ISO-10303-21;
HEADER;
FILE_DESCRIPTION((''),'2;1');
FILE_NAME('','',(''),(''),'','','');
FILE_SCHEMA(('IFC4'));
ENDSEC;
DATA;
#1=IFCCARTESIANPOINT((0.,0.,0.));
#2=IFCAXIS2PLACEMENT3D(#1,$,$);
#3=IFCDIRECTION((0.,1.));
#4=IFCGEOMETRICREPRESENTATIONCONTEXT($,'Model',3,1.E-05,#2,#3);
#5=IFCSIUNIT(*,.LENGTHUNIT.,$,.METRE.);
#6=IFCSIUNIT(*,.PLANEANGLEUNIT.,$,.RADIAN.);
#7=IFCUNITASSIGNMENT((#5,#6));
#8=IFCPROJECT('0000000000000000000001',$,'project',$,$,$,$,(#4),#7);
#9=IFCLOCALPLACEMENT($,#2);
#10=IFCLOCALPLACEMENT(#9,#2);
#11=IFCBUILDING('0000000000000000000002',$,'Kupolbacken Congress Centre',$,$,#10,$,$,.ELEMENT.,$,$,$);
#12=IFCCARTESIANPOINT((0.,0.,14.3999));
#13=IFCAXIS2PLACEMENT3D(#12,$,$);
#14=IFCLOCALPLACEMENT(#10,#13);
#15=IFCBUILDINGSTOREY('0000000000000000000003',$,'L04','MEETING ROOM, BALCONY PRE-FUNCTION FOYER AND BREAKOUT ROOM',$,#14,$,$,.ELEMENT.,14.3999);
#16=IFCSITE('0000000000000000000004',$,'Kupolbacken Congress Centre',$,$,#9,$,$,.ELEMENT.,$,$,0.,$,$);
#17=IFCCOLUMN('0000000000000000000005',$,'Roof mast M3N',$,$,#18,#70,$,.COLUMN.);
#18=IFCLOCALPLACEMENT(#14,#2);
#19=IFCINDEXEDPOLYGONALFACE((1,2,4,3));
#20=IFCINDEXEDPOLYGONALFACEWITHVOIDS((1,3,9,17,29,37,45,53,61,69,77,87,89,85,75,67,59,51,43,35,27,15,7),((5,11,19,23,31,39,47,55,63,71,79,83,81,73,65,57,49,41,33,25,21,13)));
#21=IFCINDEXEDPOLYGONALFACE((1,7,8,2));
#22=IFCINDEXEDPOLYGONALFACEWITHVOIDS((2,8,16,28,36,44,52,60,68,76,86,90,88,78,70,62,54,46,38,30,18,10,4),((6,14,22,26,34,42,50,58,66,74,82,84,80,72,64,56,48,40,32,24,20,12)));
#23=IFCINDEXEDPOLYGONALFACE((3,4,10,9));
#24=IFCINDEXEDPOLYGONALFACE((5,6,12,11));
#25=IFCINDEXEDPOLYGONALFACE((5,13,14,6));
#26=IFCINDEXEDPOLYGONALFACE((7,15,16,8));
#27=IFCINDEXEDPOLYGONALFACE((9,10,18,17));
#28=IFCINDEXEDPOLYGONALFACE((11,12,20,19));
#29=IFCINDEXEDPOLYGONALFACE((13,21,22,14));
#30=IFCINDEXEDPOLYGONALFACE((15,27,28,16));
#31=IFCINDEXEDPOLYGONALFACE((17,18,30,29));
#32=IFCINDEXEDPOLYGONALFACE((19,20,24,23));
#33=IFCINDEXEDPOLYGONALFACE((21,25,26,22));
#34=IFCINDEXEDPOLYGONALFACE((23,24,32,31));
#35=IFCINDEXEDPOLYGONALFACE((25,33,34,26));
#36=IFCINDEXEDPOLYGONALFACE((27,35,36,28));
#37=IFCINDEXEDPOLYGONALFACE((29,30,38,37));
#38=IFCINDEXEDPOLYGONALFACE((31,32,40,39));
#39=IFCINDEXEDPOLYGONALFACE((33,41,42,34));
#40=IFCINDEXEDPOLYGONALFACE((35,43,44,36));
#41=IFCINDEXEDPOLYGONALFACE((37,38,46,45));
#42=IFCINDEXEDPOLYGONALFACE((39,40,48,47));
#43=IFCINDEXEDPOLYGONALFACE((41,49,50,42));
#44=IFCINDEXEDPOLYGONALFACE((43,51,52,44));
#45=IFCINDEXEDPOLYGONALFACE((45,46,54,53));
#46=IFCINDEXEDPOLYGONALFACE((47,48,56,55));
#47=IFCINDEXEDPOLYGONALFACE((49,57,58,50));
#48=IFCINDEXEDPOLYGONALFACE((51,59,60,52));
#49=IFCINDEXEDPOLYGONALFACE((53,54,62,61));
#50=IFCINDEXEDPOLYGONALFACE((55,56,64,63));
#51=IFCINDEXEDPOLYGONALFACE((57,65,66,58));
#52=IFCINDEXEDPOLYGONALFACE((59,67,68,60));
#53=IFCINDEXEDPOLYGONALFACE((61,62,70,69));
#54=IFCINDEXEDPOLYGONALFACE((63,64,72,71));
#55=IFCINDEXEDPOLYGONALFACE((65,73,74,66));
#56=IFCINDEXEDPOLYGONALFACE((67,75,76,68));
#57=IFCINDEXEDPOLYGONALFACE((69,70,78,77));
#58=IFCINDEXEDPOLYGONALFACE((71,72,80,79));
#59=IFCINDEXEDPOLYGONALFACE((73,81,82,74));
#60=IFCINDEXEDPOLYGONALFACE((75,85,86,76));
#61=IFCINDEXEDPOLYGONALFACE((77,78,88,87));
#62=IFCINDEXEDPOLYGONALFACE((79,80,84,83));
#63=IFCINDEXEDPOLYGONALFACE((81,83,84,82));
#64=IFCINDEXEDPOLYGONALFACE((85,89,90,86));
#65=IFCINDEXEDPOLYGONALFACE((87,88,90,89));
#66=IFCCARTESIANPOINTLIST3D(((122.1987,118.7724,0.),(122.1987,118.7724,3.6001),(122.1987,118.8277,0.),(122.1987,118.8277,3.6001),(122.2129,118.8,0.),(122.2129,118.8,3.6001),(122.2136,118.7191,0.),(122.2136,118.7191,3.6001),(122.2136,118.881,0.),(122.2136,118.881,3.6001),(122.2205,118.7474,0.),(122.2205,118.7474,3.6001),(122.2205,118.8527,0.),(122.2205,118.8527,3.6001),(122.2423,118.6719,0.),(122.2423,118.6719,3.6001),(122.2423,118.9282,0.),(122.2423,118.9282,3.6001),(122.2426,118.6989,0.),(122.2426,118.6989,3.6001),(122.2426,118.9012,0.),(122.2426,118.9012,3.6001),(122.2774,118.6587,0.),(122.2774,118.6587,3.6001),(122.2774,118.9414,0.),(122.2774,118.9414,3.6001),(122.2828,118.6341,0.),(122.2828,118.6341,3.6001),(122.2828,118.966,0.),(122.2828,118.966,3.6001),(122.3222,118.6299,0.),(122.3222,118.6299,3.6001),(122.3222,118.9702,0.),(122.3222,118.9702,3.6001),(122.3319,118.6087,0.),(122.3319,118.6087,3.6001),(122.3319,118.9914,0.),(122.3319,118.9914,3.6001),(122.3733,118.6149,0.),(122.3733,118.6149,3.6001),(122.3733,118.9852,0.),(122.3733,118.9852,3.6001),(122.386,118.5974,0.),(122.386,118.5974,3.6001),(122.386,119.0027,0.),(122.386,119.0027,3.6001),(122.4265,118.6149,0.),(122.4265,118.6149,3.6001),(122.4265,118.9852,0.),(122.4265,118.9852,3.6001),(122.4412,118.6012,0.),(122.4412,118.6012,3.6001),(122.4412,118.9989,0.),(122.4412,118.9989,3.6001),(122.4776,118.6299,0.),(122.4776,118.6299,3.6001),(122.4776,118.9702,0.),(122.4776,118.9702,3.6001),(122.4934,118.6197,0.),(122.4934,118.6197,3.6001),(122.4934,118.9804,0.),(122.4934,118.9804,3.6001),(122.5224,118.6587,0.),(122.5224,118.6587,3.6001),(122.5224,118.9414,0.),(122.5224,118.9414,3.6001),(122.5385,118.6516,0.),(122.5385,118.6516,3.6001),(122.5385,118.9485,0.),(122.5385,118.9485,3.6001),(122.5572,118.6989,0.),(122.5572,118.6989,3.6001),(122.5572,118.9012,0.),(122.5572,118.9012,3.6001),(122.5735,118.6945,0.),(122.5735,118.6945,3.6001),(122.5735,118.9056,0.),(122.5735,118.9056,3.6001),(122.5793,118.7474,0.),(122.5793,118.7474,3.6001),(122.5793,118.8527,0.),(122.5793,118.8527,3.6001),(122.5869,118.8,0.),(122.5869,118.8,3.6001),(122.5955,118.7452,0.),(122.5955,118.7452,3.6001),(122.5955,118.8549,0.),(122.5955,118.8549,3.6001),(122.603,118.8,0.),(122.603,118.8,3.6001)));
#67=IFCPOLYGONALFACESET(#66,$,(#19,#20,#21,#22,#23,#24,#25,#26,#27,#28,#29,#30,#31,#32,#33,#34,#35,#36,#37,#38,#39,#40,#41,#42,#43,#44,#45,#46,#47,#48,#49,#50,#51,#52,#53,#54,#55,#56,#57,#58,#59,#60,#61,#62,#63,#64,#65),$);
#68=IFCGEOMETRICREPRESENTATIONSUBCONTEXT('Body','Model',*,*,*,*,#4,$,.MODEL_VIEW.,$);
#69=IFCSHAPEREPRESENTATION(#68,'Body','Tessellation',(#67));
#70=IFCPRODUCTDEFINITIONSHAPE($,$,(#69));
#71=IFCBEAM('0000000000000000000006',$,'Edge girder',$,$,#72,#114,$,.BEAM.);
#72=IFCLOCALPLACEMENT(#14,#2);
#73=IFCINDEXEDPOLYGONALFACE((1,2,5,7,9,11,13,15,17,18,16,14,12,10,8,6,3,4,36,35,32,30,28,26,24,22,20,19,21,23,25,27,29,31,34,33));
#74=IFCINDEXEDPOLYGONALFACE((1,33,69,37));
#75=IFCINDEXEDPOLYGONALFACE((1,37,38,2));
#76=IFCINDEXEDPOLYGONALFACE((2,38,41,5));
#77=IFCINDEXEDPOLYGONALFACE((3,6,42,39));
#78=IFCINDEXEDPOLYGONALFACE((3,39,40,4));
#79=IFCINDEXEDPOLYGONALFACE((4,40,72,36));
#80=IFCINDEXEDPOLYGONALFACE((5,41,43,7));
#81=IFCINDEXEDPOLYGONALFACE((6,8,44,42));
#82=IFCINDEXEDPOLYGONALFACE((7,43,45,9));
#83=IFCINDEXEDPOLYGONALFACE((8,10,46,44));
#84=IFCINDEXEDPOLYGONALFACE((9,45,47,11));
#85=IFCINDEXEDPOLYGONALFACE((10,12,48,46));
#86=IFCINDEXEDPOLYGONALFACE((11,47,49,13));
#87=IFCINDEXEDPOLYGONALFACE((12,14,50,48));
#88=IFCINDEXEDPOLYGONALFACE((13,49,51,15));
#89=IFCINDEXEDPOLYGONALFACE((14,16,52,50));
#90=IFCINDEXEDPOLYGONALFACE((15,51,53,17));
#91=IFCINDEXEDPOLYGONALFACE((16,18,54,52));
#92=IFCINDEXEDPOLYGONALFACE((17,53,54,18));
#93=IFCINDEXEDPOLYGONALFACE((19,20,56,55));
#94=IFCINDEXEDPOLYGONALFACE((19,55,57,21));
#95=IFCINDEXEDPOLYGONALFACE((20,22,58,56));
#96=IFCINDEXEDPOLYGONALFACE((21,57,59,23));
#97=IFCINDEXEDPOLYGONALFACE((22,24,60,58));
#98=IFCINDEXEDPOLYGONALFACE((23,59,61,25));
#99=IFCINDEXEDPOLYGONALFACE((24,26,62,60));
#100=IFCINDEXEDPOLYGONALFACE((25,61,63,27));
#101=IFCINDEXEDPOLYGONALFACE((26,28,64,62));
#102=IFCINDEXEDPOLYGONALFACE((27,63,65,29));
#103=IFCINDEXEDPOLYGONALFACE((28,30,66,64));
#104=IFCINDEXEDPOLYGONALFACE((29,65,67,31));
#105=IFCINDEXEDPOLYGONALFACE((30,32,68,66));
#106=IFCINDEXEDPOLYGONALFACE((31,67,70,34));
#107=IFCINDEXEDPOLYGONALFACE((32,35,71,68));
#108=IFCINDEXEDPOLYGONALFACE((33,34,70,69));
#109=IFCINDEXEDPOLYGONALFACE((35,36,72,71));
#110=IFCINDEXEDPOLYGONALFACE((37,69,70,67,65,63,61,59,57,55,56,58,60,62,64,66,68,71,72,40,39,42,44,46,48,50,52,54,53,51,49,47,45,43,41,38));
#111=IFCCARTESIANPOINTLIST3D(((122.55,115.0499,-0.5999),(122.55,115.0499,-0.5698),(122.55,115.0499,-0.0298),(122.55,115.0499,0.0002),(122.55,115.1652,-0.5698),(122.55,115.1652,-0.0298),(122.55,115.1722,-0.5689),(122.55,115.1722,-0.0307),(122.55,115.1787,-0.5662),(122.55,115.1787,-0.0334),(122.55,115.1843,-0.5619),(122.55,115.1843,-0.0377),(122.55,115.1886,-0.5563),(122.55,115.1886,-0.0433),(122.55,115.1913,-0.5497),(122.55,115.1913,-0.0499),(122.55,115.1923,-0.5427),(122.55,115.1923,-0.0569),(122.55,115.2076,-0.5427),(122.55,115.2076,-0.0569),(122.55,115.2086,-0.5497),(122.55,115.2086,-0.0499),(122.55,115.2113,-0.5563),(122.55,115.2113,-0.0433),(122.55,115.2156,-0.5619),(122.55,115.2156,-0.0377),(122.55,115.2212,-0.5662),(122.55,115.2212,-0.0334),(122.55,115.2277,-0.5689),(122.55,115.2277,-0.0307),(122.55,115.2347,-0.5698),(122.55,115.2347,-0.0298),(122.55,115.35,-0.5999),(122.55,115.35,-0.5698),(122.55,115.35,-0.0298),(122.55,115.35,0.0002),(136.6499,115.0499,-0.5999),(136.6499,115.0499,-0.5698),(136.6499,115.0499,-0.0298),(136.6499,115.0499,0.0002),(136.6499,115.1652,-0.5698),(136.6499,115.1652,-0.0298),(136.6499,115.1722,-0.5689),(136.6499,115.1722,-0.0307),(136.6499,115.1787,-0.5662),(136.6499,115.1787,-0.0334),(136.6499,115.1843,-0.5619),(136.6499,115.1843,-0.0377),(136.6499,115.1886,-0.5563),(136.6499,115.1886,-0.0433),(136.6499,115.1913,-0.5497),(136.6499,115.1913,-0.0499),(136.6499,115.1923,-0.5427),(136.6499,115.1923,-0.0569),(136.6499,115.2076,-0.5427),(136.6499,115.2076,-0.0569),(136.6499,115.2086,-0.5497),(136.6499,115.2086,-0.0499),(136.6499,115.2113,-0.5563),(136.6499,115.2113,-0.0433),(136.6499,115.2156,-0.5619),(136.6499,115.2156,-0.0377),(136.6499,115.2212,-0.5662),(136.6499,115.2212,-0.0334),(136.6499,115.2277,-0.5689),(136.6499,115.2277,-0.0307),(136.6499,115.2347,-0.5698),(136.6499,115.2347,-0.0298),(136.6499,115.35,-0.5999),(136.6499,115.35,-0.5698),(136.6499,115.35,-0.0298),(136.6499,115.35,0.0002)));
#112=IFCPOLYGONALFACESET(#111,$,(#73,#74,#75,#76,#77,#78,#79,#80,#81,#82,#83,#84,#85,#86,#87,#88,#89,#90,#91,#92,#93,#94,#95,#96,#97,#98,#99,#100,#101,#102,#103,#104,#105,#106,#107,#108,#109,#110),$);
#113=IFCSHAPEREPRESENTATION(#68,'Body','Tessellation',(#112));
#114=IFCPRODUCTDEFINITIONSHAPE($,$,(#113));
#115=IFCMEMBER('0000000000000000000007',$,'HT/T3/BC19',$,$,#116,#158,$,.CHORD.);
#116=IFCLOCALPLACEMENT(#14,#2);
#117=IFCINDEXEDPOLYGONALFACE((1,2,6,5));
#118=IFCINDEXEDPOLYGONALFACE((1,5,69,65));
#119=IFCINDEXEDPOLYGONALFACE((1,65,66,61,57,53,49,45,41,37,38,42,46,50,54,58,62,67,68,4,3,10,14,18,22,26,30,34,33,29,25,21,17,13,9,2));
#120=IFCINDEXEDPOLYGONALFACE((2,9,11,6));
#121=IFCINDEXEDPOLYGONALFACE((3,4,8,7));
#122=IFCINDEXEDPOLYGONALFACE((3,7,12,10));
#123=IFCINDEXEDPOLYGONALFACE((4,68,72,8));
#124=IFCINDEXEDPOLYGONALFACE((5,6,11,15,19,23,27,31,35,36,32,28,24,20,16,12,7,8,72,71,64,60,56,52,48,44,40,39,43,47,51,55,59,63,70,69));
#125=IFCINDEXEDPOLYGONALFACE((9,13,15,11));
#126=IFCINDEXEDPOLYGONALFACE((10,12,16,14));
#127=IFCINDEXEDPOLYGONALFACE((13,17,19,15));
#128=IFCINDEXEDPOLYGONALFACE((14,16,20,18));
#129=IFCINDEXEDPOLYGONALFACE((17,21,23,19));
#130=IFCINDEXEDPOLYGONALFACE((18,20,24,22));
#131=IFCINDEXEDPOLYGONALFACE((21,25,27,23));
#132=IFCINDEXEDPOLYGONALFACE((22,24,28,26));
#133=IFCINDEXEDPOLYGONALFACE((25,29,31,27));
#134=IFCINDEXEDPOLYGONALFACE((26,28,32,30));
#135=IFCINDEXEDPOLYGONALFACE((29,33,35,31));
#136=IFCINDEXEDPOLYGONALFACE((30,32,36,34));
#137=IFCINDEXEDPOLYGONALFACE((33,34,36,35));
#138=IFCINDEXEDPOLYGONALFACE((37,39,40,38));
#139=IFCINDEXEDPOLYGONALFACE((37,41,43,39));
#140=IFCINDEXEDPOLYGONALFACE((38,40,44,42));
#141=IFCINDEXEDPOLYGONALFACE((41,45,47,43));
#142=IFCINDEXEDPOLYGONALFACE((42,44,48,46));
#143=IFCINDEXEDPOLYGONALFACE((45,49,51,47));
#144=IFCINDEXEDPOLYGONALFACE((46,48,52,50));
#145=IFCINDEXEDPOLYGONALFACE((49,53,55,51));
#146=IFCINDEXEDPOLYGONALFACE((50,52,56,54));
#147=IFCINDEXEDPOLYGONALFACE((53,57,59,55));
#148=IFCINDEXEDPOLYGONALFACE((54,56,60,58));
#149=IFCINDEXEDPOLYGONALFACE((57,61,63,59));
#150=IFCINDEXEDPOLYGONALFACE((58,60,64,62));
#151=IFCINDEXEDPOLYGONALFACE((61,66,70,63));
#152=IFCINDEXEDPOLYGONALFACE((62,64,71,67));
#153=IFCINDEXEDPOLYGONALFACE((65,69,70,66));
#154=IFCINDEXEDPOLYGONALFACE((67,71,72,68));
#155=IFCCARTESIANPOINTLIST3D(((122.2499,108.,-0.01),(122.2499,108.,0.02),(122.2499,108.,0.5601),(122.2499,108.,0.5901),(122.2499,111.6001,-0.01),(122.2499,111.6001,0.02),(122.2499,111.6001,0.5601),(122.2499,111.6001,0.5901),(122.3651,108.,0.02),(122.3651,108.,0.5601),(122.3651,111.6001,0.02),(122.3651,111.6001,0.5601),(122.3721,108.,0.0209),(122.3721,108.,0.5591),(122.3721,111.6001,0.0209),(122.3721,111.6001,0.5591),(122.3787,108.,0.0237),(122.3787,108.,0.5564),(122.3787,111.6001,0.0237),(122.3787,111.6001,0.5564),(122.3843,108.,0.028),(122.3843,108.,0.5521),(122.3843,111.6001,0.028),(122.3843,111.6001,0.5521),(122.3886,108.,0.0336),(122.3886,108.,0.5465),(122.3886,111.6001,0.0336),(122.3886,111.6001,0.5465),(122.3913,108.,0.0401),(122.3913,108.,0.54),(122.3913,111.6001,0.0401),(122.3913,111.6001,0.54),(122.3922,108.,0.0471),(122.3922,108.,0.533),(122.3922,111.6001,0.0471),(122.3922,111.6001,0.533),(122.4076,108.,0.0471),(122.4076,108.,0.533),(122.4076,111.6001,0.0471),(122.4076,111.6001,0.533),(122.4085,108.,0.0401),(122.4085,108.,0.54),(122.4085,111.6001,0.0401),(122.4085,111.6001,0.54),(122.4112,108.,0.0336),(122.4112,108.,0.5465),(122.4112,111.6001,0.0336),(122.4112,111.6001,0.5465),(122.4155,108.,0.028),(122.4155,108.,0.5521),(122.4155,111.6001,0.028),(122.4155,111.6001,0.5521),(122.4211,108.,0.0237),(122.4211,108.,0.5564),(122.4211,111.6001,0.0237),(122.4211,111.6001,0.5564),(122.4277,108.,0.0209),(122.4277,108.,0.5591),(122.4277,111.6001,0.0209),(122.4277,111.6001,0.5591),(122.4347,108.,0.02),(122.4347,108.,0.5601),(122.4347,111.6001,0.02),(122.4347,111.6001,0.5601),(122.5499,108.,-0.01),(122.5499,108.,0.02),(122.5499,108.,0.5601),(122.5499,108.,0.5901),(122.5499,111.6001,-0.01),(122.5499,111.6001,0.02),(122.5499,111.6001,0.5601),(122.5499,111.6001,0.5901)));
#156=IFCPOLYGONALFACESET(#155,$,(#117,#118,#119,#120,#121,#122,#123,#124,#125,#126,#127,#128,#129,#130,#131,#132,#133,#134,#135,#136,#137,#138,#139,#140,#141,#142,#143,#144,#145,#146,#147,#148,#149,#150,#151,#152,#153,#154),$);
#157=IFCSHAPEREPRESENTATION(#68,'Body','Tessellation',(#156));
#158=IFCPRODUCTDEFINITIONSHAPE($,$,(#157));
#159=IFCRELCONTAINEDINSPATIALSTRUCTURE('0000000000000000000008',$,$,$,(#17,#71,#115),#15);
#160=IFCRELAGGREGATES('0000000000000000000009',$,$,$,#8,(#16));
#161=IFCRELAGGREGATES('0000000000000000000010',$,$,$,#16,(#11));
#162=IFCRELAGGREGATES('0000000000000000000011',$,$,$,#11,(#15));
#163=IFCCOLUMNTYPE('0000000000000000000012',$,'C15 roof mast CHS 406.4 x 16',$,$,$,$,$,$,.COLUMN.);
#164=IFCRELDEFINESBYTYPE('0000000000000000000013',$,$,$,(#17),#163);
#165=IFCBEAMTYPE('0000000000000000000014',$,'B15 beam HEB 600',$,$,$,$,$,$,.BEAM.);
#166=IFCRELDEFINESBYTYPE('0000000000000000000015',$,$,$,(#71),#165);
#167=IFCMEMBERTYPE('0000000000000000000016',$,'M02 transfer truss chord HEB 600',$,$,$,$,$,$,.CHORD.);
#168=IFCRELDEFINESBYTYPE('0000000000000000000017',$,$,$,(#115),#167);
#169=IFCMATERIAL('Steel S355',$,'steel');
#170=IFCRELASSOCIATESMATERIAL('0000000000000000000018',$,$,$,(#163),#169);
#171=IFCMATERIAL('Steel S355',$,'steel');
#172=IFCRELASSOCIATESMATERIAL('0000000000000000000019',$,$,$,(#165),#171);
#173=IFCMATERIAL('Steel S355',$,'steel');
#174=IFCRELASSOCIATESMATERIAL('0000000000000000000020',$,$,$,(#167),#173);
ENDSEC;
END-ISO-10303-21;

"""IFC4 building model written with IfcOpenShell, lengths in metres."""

from ifc_helpers import new_model, si_unit, direction, frame, origin, origin_2d, place, context, subcontext, project, spatial, hollow_circle, i_section, extrude, material, material_profile, profile_set, type_object, element, save


model = new_model("IFC4")

# Units and contexts
model_context = context("Model", 3, precision=1e-05, world=origin(), true_north=direction((0.0, 1.0)))
body_context = subcontext(model_context, "Body", "Model", "MODEL_VIEW")
ifc_project = project(units=[si_unit("LENGTHUNIT", "METRE"), si_unit("PLANEANGLEUNIT", "RADIAN")], contexts=[model_context])

# Site, building, storey
site_placement = place(None, origin())
site = spatial("IfcSite", under=ifc_project, at=site_placement, Name="Kupolbacken Congress Centre", CompositionType="ELEMENT", RefElevation=0.0)
building_placement = place(site_placement, origin())
building = spatial("IfcBuilding", under=site, at=building_placement, Name="Kupolbacken Congress Centre", CompositionType="ELEMENT")
storey_placement = place(building_placement, frame((0.0, 0.0, 14.3999)))
storey = spatial("IfcBuildingStorey", under=building, at=storey_placement, Name="L04", Description="MEETING ROOM, BALCONY PRE-FUNCTION FOYER AND BREAKOUT ROOM", CompositionType="ELEMENT", Elevation=14.3999)

# Column
ifc_material_1 = material(Name="Steel S355", Category="steel")
ifc_material_profile_1 = material_profile(ifc_material_1, hollow_circle(Radius=0.2031, WallThickness=0.0161, at=origin_2d()), Name="CHS 406.4 x 16")
ifc_profile_set_1 = profile_set([ifc_material_profile_1], Name="Steel S355")
column_type = type_object("IfcColumnType", Name="C15 roof mast CHS 406.4 x 16", PredefinedType="COLUMN", material=ifc_profile_set_1)
column_placement = place(storey_placement, frame((122.3999, 118.8, 0.0), z_axis=(0.0, 0.0, 1.0), x_axis=(1.0, 0.0, 0.0)))
element("IfcColumn", 1, at=column_placement, inside=storey, type_object=column_type, Name="Roof mast M3N", PredefinedType="COLUMN", context=body_context, shape_type="SweptSolid", body=[
    extrude(hollow_circle(Radius=0.2031, WallThickness=0.0161, at=origin_2d()), origin(), (0.0, 0.0, 1.0), 3.6001),
])

# Beam
ifc_material_2 = material(Name="Steel S355", Category="steel")
ifc_material_profile_2 = material_profile(ifc_material_2, i_section(OverallWidth=0.3, OverallDepth=0.6001, WebThickness=0.0154, FlangeThickness=0.03, FilletRadius=0.0271, at=origin_2d()), Name="HEB 600")
ifc_profile_set_2 = profile_set([ifc_material_profile_2], Name="Steel S355")
beam_type = type_object("IfcBeamType", Name="B15 beam HEB 600", PredefinedType="BEAM", material=ifc_profile_set_2)
beam_placement = place(storey_placement, frame((122.55, 115.2, -0.2998), z_axis=(1.0, 0.0, 0.0), x_axis=(0.0, 1.0, 0.0)))
element("IfcBeam", 2, at=beam_placement, inside=storey, type_object=beam_type, Name="Edge girder", PredefinedType="BEAM", context=body_context, shape_type="SweptSolid", body=[
    extrude(i_section(OverallWidth=0.3, OverallDepth=0.6001, WebThickness=0.0154, FlangeThickness=0.03, FilletRadius=0.0271, at=origin_2d()), origin(), (0.0, 0.0, 1.0), 14.0999),
])

# Member
ifc_material_3 = material(Name="Steel S355", Category="steel")
ifc_material_profile_3 = material_profile(ifc_material_3, i_section(OverallWidth=0.3, OverallDepth=0.6001, WebThickness=0.0154, FlangeThickness=0.03, FilletRadius=0.0271, at=origin_2d()), Name="HEB 600")
ifc_profile_set_3 = profile_set([ifc_material_profile_3], Name="Steel S355")
member_type_1 = type_object("IfcMemberType", Name="M02 transfer truss chord HEB 600", PredefinedType="CHORD", material=ifc_profile_set_3)
member_1_placement = place(storey_placement, frame((122.3999, 108.0, 0.29), z_axis=(0.0, 1.0, 0.0), x_axis=(-1.0, 0.0, 0.0)))
element("IfcMember", 3, at=member_1_placement, inside=storey, type_object=member_type_1, Name="HT/T3/BC19", PredefinedType="CHORD", context=body_context, shape_type="SweptSolid", body=[
    extrude(i_section(OverallWidth=0.3, OverallDepth=0.6001, WebThickness=0.0154, FlangeThickness=0.03, FilletRadius=0.0271, at=origin_2d()), origin(), (0.0, 0.0, 1.0), 3.6001),
])

save(model, "model.ifc")
